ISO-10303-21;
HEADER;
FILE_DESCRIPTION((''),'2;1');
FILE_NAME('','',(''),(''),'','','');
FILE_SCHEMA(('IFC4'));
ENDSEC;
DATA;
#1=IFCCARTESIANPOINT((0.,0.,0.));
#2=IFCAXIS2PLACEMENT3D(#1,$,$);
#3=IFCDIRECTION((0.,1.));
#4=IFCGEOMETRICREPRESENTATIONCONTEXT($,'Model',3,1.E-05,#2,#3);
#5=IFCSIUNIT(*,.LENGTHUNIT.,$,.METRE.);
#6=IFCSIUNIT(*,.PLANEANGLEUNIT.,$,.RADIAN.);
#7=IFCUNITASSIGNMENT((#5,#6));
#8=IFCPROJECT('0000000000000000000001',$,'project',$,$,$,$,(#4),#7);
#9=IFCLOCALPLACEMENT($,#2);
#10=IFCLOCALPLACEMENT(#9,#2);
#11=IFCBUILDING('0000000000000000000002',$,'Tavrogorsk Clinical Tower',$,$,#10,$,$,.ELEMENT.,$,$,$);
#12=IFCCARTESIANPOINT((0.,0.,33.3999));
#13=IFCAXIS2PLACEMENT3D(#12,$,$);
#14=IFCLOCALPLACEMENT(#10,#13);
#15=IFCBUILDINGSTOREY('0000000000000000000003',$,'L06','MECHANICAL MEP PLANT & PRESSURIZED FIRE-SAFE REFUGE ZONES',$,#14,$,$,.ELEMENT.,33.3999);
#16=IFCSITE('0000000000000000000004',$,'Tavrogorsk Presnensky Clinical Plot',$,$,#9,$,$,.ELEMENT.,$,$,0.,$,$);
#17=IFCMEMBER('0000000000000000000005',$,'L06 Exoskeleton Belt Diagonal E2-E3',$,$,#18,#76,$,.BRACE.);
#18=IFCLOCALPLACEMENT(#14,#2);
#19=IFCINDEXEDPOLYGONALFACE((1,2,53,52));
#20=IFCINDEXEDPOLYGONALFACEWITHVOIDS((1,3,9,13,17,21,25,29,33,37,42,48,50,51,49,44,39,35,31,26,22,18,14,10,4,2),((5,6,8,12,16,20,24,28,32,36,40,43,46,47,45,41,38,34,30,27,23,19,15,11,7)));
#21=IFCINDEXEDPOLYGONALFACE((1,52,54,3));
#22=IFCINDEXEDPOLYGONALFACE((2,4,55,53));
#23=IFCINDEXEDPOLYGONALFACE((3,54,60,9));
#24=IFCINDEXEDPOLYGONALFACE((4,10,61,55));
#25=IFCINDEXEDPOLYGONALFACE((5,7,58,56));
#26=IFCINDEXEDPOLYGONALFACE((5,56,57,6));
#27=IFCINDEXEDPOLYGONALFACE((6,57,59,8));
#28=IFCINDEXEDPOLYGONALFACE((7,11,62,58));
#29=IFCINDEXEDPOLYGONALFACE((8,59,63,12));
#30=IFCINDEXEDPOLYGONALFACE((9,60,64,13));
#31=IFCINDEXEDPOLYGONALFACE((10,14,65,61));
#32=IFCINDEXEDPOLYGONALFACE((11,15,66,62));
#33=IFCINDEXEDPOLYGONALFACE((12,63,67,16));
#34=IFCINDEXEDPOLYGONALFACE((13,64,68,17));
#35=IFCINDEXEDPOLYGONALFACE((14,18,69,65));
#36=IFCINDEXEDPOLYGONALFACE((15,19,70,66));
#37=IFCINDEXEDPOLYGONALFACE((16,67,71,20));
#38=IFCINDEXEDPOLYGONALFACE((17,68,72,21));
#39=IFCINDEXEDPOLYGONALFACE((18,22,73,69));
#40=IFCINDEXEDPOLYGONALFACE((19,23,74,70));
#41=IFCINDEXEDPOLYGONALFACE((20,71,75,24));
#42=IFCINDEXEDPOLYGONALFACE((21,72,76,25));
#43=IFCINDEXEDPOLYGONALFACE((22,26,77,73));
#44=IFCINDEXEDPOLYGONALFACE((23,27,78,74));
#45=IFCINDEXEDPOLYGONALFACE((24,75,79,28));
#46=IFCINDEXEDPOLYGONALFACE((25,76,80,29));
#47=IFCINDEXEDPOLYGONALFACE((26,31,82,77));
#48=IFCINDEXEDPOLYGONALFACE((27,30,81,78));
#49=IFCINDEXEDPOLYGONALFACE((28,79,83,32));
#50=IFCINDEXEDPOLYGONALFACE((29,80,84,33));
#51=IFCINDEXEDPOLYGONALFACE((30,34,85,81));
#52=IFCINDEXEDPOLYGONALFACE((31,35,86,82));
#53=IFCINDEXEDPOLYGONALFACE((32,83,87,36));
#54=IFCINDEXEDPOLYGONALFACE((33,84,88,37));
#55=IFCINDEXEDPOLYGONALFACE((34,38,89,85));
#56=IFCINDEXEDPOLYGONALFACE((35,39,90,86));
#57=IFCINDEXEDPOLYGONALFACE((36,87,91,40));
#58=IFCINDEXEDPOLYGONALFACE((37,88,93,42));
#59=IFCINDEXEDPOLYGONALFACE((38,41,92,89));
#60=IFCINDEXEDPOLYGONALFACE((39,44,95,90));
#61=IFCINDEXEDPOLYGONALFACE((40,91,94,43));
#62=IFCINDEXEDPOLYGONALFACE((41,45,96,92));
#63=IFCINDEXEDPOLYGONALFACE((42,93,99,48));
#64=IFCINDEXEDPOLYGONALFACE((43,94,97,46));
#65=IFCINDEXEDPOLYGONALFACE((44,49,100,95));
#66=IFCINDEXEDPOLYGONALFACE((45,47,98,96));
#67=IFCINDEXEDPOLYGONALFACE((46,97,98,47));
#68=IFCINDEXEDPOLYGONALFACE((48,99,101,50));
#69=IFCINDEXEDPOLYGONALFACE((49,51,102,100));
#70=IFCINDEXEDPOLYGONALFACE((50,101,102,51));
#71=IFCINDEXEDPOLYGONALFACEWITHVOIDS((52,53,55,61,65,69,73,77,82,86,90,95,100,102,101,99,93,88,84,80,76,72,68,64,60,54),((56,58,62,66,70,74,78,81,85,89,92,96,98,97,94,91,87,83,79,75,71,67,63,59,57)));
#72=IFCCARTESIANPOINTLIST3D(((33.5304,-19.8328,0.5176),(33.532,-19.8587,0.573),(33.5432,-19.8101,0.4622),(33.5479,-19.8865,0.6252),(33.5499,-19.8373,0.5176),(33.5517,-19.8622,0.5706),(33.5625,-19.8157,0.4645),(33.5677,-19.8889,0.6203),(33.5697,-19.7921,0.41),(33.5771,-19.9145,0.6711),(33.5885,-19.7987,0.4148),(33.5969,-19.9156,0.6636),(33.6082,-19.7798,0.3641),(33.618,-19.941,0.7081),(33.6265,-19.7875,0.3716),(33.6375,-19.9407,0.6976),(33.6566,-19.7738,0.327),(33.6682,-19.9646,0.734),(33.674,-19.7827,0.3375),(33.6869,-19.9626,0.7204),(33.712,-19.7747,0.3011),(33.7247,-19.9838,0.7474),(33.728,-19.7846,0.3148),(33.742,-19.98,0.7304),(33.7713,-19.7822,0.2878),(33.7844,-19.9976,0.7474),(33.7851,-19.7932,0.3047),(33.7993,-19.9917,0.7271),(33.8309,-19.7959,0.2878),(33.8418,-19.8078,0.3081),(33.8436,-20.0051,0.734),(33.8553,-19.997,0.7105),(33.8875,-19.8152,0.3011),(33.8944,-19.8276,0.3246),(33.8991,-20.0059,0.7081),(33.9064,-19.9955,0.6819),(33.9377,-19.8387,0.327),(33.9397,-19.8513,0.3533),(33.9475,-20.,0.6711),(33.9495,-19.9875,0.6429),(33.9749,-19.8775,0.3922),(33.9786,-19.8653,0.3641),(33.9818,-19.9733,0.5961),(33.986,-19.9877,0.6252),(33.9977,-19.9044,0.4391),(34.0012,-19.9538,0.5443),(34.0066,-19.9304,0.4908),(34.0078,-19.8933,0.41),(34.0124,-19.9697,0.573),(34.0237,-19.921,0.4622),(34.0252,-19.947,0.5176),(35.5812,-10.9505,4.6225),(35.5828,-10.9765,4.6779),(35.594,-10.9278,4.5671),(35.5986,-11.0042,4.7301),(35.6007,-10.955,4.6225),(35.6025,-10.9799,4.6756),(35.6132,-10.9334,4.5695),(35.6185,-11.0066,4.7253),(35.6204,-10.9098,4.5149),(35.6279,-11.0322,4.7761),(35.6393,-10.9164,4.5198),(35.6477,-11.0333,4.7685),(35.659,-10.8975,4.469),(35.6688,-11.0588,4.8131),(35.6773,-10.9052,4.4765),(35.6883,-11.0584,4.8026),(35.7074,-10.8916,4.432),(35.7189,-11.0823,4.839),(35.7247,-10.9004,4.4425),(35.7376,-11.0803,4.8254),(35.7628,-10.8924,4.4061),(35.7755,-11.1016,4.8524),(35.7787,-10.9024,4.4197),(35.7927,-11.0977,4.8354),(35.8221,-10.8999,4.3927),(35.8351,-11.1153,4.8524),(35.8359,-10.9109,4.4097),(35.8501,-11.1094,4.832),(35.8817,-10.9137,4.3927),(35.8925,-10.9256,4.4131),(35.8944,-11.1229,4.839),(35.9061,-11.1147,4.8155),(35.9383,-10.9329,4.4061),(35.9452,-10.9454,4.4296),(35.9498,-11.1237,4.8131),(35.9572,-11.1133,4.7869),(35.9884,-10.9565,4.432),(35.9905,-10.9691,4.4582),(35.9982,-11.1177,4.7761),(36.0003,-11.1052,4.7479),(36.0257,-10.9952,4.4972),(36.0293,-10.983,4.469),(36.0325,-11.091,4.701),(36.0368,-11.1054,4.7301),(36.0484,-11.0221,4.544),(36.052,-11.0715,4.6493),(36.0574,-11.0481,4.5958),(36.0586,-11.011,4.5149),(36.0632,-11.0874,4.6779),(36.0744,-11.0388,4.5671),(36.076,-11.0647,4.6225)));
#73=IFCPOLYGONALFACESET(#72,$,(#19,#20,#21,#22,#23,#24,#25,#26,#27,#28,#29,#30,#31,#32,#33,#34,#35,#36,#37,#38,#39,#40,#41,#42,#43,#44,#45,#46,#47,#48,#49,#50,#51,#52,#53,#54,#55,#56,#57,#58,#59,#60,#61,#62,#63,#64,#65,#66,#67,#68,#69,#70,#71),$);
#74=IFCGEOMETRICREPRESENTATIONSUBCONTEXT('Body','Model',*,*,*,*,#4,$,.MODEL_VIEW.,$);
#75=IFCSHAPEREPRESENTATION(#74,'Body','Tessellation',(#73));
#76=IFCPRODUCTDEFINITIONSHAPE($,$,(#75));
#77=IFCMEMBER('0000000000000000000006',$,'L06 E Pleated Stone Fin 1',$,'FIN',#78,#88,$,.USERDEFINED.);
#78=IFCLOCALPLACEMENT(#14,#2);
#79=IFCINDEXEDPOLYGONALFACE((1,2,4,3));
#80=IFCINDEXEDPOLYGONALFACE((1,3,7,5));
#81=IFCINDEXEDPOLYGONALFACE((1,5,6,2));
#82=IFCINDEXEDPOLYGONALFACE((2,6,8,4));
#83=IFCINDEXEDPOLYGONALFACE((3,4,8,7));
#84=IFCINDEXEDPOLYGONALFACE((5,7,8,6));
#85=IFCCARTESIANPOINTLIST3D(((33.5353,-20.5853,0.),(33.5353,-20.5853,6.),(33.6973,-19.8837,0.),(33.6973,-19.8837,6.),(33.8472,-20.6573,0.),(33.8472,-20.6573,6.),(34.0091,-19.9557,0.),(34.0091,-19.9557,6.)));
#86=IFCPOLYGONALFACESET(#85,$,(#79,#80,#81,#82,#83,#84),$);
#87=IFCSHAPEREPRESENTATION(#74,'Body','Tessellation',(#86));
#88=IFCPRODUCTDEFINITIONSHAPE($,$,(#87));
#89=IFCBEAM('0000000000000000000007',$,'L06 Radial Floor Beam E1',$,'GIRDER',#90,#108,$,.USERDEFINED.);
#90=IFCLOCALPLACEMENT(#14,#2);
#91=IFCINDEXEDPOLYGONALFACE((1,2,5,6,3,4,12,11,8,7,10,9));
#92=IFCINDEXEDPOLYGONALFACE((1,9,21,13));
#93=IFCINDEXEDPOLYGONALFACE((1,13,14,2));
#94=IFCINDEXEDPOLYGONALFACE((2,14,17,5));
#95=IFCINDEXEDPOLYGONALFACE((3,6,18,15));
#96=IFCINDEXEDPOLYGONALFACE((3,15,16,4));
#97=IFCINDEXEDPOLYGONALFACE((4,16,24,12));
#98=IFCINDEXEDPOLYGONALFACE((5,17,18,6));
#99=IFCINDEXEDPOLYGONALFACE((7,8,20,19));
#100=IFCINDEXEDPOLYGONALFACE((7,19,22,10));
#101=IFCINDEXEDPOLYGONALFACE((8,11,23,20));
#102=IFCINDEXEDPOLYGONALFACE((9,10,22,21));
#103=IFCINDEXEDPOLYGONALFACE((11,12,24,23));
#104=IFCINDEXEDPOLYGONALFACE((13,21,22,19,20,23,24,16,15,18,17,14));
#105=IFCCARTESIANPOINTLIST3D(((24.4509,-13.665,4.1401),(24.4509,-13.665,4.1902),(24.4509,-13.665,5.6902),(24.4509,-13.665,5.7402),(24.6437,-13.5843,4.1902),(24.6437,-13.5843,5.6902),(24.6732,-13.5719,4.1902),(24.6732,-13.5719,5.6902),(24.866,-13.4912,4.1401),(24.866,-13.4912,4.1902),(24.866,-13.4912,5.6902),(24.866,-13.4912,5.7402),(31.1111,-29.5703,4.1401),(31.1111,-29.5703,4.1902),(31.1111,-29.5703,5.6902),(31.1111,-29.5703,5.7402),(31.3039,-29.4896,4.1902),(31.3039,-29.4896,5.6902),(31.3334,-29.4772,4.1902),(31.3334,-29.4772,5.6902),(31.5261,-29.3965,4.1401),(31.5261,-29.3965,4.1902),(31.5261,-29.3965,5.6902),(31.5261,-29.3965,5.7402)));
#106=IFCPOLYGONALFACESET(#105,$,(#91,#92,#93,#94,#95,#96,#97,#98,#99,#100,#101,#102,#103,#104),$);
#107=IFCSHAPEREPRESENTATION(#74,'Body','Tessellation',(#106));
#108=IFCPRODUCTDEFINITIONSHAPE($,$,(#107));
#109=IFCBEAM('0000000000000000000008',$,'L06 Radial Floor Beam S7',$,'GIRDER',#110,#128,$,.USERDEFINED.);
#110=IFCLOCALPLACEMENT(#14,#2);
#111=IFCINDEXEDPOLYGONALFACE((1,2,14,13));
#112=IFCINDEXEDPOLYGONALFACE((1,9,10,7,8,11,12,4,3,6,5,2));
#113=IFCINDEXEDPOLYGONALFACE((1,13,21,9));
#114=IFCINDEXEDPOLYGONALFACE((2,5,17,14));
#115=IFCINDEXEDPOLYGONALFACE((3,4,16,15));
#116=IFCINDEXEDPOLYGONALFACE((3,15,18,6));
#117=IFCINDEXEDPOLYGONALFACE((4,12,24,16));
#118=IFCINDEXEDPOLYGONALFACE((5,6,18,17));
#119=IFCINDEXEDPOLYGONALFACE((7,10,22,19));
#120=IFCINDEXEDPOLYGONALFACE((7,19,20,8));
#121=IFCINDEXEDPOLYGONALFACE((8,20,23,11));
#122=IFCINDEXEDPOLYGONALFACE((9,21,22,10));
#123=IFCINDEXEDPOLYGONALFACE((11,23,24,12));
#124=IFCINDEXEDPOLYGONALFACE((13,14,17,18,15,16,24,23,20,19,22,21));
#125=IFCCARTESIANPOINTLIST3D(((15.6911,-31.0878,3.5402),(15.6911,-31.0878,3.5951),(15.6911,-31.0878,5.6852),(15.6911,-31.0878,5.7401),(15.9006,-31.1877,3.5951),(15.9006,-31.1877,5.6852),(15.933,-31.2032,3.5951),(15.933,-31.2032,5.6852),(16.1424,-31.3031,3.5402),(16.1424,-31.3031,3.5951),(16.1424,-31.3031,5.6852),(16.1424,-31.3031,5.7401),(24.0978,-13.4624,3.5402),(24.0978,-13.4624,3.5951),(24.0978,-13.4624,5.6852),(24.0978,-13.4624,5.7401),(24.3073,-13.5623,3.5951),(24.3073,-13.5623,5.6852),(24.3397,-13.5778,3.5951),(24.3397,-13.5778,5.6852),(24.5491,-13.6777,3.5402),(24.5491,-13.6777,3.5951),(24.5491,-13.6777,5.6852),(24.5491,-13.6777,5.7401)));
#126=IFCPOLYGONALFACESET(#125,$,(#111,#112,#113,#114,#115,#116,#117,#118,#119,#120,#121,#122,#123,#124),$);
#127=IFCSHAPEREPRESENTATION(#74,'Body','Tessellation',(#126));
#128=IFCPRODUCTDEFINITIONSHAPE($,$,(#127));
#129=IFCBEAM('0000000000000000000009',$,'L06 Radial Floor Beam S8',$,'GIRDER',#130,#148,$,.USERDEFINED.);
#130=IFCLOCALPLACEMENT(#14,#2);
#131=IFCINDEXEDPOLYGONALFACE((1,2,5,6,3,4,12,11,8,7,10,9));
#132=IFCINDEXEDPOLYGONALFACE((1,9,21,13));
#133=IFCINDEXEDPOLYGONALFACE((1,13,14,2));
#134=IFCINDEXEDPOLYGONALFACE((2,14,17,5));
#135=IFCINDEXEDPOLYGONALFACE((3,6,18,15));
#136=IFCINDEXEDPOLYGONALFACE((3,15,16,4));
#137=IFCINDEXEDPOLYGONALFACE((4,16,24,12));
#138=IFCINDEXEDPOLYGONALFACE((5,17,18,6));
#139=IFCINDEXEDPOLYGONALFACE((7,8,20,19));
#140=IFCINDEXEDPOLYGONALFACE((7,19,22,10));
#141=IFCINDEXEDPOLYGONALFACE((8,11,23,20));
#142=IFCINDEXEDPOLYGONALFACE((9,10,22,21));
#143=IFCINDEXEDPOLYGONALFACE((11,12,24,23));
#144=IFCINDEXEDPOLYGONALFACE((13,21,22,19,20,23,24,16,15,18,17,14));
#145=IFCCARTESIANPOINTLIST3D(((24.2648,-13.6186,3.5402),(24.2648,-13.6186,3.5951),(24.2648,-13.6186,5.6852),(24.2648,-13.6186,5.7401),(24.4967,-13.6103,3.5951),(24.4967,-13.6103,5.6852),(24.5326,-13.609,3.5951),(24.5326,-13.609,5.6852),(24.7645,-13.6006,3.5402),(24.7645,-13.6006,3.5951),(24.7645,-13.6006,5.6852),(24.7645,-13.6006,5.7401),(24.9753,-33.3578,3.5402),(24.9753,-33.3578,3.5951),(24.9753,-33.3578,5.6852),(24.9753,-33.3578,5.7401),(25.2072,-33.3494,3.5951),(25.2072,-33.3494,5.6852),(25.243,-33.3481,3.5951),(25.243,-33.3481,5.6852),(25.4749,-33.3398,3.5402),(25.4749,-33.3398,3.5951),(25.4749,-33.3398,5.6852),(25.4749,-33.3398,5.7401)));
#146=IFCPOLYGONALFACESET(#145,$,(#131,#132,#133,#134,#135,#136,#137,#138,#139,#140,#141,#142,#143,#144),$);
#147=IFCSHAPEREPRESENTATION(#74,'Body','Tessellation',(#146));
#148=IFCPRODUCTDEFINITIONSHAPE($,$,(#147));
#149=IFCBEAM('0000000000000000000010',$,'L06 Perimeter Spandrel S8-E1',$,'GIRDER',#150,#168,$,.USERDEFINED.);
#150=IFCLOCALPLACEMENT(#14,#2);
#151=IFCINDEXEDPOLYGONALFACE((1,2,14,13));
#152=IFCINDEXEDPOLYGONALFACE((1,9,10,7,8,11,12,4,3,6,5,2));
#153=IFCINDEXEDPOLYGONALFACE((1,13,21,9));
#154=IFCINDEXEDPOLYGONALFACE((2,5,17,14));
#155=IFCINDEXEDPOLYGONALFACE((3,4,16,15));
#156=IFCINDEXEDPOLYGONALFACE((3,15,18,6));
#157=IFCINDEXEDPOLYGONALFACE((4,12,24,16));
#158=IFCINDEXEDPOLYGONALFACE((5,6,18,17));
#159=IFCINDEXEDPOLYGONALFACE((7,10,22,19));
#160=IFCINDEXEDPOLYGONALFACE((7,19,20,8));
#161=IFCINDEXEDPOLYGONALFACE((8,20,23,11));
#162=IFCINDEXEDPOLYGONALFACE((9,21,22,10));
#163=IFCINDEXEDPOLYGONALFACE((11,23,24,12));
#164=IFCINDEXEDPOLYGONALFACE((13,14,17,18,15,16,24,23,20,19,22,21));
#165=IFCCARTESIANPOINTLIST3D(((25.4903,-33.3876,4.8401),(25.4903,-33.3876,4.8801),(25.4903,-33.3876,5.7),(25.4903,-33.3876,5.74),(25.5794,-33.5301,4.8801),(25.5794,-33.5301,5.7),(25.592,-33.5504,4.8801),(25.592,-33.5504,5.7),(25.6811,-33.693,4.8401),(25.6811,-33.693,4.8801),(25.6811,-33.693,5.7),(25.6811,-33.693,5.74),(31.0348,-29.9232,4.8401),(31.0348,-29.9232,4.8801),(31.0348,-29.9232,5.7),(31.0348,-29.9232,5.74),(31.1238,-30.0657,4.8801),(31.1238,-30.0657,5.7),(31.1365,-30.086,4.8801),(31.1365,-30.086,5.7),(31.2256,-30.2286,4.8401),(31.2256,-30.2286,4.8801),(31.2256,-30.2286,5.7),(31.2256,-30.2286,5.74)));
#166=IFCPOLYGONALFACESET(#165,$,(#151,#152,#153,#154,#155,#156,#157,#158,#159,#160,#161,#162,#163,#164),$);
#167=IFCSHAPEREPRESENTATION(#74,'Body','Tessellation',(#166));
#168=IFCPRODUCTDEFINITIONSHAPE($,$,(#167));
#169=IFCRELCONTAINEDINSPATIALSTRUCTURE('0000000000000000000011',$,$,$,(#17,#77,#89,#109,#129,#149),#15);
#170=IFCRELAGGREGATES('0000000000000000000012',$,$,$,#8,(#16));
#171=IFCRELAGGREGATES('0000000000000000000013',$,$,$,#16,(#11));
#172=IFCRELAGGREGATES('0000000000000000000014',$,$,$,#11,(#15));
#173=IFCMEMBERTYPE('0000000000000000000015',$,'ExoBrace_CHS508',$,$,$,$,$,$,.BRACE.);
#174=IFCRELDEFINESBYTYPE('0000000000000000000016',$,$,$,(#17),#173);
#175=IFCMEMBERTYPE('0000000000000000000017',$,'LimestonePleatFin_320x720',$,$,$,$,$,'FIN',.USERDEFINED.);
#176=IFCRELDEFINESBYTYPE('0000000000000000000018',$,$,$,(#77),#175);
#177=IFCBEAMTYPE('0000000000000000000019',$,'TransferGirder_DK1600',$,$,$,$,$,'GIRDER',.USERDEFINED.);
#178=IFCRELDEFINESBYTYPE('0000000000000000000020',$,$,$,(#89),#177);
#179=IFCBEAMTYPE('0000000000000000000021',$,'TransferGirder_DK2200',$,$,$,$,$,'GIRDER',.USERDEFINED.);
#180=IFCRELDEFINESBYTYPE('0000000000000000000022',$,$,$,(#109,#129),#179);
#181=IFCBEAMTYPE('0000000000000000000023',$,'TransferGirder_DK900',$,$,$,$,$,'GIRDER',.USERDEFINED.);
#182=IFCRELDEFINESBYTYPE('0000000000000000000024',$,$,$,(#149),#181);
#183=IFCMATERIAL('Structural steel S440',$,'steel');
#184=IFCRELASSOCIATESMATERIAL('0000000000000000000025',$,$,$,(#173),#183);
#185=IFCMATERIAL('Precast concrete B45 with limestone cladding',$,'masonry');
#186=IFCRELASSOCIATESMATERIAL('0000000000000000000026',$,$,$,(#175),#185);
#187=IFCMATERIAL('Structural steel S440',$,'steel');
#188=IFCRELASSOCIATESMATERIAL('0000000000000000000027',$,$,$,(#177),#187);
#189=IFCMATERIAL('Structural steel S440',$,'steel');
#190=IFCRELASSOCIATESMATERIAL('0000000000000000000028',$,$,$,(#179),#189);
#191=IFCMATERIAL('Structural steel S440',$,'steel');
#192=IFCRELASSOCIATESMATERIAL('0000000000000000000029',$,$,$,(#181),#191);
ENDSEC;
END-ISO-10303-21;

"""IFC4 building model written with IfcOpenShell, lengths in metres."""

from ifc_helpers import new_model, si_unit, direction, frame, origin, origin_2d, place, context, subcontext, project, spatial, rectangle, hollow_circle, i_section, extrude, material, material_profile, profile_set, type_object, element, save


model = new_model("IFC4")

# Units and contexts
model_context = context("Model", 3, precision=1e-05, world=origin(), true_north=direction((0.0, 1.0)))
body_context = subcontext(model_context, "Body", "Model", "MODEL_VIEW")
ifc_project = project(units=[si_unit("LENGTHUNIT", "METRE"), si_unit("PLANEANGLEUNIT", "RADIAN")], contexts=[model_context])

# Site, building, storey
site_placement = place(None, origin())
site = spatial("IfcSite", under=ifc_project, at=site_placement, Name="Tavrogorsk Presnensky Clinical Plot", CompositionType="ELEMENT", RefElevation=0.0)
building_placement = place(site_placement, origin())
building = spatial("IfcBuilding", under=site, at=building_placement, Name="Tavrogorsk Clinical Tower", CompositionType="ELEMENT")
storey_placement = place(building_placement, frame((0.0, 0.0, 33.3999)))
storey = spatial("IfcBuildingStorey", under=building, at=storey_placement, Name="L06", Description="MECHANICAL MEP PLANT & PRESSURIZED FIRE-SAFE REFUGE ZONES", CompositionType="ELEMENT", Elevation=33.3999)

# Members
ifc_material_1 = material(Name="Structural steel S440", Category="steel")
ifc_material_profile_1 = material_profile(ifc_material_1, hollow_circle(Radius=0.2539, WallThickness=0.02, at=origin_2d()), Name="CHS-508x20")
ifc_profile_set_1 = profile_set([ifc_material_profile_1], Name="Structural steel S440")
member_type_1 = type_object("IfcMemberType", Name="ExoBrace_CHS508", PredefinedType="BRACE", material=ifc_profile_set_1)
for number, where, z_axis, x_axis, name in (
    (1, (33.7778, -19.8899, 0.5176), (0.205127, 0.888445, 0.410596), (-0.974367, 0.224965, 0.0), "L06 Exoskeleton Belt Diagonal E2-E3"),
):
    element("IfcMember", number, at=place(storey_placement, frame(where, z_axis=z_axis, x_axis=x_axis)), inside=storey, type_object=member_type_1, Name=name, PredefinedType="BRACE", context=body_context, shape_type="SweptSolid", body=[
        extrude(hollow_circle(Radius=0.2539, WallThickness=0.02, at=origin_2d()), origin(), (0.0, 0.0, 1.0), 9.9976),
    ])
ifc_material_2 = material(Name="Precast concrete B45 with limestone cladding", Category="masonry")
ifc_material_profile_2 = material_profile(ifc_material_2, rectangle(XDim=0.3201, YDim=0.72, at=origin_2d()), Name="LIMESTONE-FIN-320x720")
ifc_profile_set_2 = profile_set([ifc_material_profile_2], Name="Precast concrete B45 with limestone cladding")
member_type_2 = type_object("IfcMemberType", Name="LimestonePleatFin_320x720", ElementType="FIN", PredefinedType="USERDEFINED", material=ifc_profile_set_2)
member_1_placement = place(storey_placement, frame((33.7722, -20.2705, 0.0), z_axis=(0.0, 0.0, 1.0), x_axis=(0.97437, -0.224951, 0.0)))
element("IfcMember", 2, at=member_1_placement, inside=storey, type_object=member_type_2, Name="L06 E Pleated Stone Fin 1", ObjectType="FIN", PredefinedType="USERDEFINED", context=body_context, shape_type="SweptSolid", body=[
    extrude(rectangle(XDim=0.3201, YDim=0.72, at=origin_2d()), origin(), (0.0, 0.0, 1.0), 6.0),
])

# Beams
ifc_material_3 = material(Name="Structural steel S440", Category="steel")
ifc_material_profile_3 = material_profile(ifc_material_3, i_section(OverallWidth=0.45, OverallDepth=1.6001, WebThickness=0.032, FlangeThickness=0.05, at=origin_2d()), Name="DK-1600x450x32x50")
ifc_profile_set_3 = profile_set([ifc_material_profile_3], Name="Structural steel S440")
beam_type_1 = type_object("IfcBeamType", Name="TransferGirder_DK1600", ElementType="GIRDER", PredefinedType="USERDEFINED", material=ifc_profile_set_3)
beam_1_placement = place(storey_placement, frame((24.6584, -13.5781, 4.9402), z_axis=(0.386243, -0.922397, 0.0), x_axis=(0.922397, 0.386243, 0.0)))
element("IfcBeam", 3, at=beam_1_placement, inside=storey, type_object=beam_type_1, Name="L06 Radial Floor Beam E1", ObjectType="GIRDER", PredefinedType="USERDEFINED", context=body_context, shape_type="SweptSolid", body=[
    extrude(i_section(OverallWidth=0.45, OverallDepth=1.6001, WebThickness=0.032, FlangeThickness=0.05, at=origin_2d()), origin(), (0.0, 0.0, 1.0), 17.2434),
])
ifc_material_4 = material(Name="Structural steel S440", Category="steel")
ifc_material_profile_4 = material_profile(ifc_material_4, i_section(OverallWidth=0.5, OverallDepth=2.2, WebThickness=0.0359, FlangeThickness=0.0549, at=origin_2d()), Name="DK-2200x500x36x55")
ifc_profile_set_4 = profile_set([ifc_material_profile_4], Name="Structural steel S440")
beam_type_2 = type_object("IfcBeamType", Name="TransferGirder_DK2200", ElementType="GIRDER", PredefinedType="USERDEFINED", material=ifc_profile_set_4)
beam_2_placement = place(storey_placement, frame((24.3235, -13.5701, 4.6401), z_axis=(-0.430503, -0.902589, 0.0), x_axis=(0.902589, -0.430503, 0.0)))
element("IfcBeam", 4, at=beam_2_placement, inside=storey, type_object=beam_type_2, Name="L06 Radial Floor Beam S7", ObjectType="GIRDER", PredefinedType="USERDEFINED", context=body_context, shape_type="SweptSolid", body=[
    extrude(i_section(OverallWidth=0.5, OverallDepth=2.2, WebThickness=0.0359, FlangeThickness=0.0549, at=origin_2d()), origin(), (0.0, 0.0, 1.0), 19.5276),
])
beam_3_placement = place(storey_placement, frame((24.5146, -13.6096, 4.6401), z_axis=(0.035968, -0.999353, 0.0), x_axis=(0.999353, 0.035968, 0.0)))
element("IfcBeam", 5, at=beam_3_placement, inside=storey, type_object=beam_type_2, Name="L06 Radial Floor Beam S8", ObjectType="GIRDER", PredefinedType="USERDEFINED", context=body_context, shape_type="SweptSolid", body=[
    extrude(i_section(OverallWidth=0.5, OverallDepth=2.2, WebThickness=0.0359, FlangeThickness=0.0549, at=origin_2d()), origin(), (0.0, 0.0, 1.0), 19.752),
])
ifc_material_5 = material(Name="Structural steel S440", Category="steel")
ifc_material_profile_5 = material_profile(ifc_material_5, i_section(OverallWidth=0.3601, OverallDepth=0.8999, WebThickness=0.0239, FlangeThickness=0.04, at=origin_2d()), Name="DK-900x360x24x40")
ifc_profile_set_5 = profile_set([ifc_material_profile_5], Name="Structural steel S440")
beam_type_3 = type_object("IfcBeamType", Name="TransferGirder_DK900", ElementType="GIRDER", PredefinedType="USERDEFINED", material=ifc_profile_set_5)
beam_4_placement = place(storey_placement, frame((25.5857, -33.5403, 5.29), z_axis=(0.848061, 0.529898, 0.0), x_axis=(-0.529898, 0.848061, 0.0)))
element("IfcBeam", 6, at=beam_4_placement, inside=storey, type_object=beam_type_3, Name="L06 Perimeter Spandrel S8-E1", ObjectType="GIRDER", PredefinedType="USERDEFINED", context=body_context, shape_type="SweptSolid", body=[
    extrude(i_section(OverallWidth=0.3601, OverallDepth=0.8999, WebThickness=0.0239, FlangeThickness=0.04, at=origin_2d()), origin(), (0.0, 0.0, 1.0), 6.5378),
])

save(model, "model.ifc")
